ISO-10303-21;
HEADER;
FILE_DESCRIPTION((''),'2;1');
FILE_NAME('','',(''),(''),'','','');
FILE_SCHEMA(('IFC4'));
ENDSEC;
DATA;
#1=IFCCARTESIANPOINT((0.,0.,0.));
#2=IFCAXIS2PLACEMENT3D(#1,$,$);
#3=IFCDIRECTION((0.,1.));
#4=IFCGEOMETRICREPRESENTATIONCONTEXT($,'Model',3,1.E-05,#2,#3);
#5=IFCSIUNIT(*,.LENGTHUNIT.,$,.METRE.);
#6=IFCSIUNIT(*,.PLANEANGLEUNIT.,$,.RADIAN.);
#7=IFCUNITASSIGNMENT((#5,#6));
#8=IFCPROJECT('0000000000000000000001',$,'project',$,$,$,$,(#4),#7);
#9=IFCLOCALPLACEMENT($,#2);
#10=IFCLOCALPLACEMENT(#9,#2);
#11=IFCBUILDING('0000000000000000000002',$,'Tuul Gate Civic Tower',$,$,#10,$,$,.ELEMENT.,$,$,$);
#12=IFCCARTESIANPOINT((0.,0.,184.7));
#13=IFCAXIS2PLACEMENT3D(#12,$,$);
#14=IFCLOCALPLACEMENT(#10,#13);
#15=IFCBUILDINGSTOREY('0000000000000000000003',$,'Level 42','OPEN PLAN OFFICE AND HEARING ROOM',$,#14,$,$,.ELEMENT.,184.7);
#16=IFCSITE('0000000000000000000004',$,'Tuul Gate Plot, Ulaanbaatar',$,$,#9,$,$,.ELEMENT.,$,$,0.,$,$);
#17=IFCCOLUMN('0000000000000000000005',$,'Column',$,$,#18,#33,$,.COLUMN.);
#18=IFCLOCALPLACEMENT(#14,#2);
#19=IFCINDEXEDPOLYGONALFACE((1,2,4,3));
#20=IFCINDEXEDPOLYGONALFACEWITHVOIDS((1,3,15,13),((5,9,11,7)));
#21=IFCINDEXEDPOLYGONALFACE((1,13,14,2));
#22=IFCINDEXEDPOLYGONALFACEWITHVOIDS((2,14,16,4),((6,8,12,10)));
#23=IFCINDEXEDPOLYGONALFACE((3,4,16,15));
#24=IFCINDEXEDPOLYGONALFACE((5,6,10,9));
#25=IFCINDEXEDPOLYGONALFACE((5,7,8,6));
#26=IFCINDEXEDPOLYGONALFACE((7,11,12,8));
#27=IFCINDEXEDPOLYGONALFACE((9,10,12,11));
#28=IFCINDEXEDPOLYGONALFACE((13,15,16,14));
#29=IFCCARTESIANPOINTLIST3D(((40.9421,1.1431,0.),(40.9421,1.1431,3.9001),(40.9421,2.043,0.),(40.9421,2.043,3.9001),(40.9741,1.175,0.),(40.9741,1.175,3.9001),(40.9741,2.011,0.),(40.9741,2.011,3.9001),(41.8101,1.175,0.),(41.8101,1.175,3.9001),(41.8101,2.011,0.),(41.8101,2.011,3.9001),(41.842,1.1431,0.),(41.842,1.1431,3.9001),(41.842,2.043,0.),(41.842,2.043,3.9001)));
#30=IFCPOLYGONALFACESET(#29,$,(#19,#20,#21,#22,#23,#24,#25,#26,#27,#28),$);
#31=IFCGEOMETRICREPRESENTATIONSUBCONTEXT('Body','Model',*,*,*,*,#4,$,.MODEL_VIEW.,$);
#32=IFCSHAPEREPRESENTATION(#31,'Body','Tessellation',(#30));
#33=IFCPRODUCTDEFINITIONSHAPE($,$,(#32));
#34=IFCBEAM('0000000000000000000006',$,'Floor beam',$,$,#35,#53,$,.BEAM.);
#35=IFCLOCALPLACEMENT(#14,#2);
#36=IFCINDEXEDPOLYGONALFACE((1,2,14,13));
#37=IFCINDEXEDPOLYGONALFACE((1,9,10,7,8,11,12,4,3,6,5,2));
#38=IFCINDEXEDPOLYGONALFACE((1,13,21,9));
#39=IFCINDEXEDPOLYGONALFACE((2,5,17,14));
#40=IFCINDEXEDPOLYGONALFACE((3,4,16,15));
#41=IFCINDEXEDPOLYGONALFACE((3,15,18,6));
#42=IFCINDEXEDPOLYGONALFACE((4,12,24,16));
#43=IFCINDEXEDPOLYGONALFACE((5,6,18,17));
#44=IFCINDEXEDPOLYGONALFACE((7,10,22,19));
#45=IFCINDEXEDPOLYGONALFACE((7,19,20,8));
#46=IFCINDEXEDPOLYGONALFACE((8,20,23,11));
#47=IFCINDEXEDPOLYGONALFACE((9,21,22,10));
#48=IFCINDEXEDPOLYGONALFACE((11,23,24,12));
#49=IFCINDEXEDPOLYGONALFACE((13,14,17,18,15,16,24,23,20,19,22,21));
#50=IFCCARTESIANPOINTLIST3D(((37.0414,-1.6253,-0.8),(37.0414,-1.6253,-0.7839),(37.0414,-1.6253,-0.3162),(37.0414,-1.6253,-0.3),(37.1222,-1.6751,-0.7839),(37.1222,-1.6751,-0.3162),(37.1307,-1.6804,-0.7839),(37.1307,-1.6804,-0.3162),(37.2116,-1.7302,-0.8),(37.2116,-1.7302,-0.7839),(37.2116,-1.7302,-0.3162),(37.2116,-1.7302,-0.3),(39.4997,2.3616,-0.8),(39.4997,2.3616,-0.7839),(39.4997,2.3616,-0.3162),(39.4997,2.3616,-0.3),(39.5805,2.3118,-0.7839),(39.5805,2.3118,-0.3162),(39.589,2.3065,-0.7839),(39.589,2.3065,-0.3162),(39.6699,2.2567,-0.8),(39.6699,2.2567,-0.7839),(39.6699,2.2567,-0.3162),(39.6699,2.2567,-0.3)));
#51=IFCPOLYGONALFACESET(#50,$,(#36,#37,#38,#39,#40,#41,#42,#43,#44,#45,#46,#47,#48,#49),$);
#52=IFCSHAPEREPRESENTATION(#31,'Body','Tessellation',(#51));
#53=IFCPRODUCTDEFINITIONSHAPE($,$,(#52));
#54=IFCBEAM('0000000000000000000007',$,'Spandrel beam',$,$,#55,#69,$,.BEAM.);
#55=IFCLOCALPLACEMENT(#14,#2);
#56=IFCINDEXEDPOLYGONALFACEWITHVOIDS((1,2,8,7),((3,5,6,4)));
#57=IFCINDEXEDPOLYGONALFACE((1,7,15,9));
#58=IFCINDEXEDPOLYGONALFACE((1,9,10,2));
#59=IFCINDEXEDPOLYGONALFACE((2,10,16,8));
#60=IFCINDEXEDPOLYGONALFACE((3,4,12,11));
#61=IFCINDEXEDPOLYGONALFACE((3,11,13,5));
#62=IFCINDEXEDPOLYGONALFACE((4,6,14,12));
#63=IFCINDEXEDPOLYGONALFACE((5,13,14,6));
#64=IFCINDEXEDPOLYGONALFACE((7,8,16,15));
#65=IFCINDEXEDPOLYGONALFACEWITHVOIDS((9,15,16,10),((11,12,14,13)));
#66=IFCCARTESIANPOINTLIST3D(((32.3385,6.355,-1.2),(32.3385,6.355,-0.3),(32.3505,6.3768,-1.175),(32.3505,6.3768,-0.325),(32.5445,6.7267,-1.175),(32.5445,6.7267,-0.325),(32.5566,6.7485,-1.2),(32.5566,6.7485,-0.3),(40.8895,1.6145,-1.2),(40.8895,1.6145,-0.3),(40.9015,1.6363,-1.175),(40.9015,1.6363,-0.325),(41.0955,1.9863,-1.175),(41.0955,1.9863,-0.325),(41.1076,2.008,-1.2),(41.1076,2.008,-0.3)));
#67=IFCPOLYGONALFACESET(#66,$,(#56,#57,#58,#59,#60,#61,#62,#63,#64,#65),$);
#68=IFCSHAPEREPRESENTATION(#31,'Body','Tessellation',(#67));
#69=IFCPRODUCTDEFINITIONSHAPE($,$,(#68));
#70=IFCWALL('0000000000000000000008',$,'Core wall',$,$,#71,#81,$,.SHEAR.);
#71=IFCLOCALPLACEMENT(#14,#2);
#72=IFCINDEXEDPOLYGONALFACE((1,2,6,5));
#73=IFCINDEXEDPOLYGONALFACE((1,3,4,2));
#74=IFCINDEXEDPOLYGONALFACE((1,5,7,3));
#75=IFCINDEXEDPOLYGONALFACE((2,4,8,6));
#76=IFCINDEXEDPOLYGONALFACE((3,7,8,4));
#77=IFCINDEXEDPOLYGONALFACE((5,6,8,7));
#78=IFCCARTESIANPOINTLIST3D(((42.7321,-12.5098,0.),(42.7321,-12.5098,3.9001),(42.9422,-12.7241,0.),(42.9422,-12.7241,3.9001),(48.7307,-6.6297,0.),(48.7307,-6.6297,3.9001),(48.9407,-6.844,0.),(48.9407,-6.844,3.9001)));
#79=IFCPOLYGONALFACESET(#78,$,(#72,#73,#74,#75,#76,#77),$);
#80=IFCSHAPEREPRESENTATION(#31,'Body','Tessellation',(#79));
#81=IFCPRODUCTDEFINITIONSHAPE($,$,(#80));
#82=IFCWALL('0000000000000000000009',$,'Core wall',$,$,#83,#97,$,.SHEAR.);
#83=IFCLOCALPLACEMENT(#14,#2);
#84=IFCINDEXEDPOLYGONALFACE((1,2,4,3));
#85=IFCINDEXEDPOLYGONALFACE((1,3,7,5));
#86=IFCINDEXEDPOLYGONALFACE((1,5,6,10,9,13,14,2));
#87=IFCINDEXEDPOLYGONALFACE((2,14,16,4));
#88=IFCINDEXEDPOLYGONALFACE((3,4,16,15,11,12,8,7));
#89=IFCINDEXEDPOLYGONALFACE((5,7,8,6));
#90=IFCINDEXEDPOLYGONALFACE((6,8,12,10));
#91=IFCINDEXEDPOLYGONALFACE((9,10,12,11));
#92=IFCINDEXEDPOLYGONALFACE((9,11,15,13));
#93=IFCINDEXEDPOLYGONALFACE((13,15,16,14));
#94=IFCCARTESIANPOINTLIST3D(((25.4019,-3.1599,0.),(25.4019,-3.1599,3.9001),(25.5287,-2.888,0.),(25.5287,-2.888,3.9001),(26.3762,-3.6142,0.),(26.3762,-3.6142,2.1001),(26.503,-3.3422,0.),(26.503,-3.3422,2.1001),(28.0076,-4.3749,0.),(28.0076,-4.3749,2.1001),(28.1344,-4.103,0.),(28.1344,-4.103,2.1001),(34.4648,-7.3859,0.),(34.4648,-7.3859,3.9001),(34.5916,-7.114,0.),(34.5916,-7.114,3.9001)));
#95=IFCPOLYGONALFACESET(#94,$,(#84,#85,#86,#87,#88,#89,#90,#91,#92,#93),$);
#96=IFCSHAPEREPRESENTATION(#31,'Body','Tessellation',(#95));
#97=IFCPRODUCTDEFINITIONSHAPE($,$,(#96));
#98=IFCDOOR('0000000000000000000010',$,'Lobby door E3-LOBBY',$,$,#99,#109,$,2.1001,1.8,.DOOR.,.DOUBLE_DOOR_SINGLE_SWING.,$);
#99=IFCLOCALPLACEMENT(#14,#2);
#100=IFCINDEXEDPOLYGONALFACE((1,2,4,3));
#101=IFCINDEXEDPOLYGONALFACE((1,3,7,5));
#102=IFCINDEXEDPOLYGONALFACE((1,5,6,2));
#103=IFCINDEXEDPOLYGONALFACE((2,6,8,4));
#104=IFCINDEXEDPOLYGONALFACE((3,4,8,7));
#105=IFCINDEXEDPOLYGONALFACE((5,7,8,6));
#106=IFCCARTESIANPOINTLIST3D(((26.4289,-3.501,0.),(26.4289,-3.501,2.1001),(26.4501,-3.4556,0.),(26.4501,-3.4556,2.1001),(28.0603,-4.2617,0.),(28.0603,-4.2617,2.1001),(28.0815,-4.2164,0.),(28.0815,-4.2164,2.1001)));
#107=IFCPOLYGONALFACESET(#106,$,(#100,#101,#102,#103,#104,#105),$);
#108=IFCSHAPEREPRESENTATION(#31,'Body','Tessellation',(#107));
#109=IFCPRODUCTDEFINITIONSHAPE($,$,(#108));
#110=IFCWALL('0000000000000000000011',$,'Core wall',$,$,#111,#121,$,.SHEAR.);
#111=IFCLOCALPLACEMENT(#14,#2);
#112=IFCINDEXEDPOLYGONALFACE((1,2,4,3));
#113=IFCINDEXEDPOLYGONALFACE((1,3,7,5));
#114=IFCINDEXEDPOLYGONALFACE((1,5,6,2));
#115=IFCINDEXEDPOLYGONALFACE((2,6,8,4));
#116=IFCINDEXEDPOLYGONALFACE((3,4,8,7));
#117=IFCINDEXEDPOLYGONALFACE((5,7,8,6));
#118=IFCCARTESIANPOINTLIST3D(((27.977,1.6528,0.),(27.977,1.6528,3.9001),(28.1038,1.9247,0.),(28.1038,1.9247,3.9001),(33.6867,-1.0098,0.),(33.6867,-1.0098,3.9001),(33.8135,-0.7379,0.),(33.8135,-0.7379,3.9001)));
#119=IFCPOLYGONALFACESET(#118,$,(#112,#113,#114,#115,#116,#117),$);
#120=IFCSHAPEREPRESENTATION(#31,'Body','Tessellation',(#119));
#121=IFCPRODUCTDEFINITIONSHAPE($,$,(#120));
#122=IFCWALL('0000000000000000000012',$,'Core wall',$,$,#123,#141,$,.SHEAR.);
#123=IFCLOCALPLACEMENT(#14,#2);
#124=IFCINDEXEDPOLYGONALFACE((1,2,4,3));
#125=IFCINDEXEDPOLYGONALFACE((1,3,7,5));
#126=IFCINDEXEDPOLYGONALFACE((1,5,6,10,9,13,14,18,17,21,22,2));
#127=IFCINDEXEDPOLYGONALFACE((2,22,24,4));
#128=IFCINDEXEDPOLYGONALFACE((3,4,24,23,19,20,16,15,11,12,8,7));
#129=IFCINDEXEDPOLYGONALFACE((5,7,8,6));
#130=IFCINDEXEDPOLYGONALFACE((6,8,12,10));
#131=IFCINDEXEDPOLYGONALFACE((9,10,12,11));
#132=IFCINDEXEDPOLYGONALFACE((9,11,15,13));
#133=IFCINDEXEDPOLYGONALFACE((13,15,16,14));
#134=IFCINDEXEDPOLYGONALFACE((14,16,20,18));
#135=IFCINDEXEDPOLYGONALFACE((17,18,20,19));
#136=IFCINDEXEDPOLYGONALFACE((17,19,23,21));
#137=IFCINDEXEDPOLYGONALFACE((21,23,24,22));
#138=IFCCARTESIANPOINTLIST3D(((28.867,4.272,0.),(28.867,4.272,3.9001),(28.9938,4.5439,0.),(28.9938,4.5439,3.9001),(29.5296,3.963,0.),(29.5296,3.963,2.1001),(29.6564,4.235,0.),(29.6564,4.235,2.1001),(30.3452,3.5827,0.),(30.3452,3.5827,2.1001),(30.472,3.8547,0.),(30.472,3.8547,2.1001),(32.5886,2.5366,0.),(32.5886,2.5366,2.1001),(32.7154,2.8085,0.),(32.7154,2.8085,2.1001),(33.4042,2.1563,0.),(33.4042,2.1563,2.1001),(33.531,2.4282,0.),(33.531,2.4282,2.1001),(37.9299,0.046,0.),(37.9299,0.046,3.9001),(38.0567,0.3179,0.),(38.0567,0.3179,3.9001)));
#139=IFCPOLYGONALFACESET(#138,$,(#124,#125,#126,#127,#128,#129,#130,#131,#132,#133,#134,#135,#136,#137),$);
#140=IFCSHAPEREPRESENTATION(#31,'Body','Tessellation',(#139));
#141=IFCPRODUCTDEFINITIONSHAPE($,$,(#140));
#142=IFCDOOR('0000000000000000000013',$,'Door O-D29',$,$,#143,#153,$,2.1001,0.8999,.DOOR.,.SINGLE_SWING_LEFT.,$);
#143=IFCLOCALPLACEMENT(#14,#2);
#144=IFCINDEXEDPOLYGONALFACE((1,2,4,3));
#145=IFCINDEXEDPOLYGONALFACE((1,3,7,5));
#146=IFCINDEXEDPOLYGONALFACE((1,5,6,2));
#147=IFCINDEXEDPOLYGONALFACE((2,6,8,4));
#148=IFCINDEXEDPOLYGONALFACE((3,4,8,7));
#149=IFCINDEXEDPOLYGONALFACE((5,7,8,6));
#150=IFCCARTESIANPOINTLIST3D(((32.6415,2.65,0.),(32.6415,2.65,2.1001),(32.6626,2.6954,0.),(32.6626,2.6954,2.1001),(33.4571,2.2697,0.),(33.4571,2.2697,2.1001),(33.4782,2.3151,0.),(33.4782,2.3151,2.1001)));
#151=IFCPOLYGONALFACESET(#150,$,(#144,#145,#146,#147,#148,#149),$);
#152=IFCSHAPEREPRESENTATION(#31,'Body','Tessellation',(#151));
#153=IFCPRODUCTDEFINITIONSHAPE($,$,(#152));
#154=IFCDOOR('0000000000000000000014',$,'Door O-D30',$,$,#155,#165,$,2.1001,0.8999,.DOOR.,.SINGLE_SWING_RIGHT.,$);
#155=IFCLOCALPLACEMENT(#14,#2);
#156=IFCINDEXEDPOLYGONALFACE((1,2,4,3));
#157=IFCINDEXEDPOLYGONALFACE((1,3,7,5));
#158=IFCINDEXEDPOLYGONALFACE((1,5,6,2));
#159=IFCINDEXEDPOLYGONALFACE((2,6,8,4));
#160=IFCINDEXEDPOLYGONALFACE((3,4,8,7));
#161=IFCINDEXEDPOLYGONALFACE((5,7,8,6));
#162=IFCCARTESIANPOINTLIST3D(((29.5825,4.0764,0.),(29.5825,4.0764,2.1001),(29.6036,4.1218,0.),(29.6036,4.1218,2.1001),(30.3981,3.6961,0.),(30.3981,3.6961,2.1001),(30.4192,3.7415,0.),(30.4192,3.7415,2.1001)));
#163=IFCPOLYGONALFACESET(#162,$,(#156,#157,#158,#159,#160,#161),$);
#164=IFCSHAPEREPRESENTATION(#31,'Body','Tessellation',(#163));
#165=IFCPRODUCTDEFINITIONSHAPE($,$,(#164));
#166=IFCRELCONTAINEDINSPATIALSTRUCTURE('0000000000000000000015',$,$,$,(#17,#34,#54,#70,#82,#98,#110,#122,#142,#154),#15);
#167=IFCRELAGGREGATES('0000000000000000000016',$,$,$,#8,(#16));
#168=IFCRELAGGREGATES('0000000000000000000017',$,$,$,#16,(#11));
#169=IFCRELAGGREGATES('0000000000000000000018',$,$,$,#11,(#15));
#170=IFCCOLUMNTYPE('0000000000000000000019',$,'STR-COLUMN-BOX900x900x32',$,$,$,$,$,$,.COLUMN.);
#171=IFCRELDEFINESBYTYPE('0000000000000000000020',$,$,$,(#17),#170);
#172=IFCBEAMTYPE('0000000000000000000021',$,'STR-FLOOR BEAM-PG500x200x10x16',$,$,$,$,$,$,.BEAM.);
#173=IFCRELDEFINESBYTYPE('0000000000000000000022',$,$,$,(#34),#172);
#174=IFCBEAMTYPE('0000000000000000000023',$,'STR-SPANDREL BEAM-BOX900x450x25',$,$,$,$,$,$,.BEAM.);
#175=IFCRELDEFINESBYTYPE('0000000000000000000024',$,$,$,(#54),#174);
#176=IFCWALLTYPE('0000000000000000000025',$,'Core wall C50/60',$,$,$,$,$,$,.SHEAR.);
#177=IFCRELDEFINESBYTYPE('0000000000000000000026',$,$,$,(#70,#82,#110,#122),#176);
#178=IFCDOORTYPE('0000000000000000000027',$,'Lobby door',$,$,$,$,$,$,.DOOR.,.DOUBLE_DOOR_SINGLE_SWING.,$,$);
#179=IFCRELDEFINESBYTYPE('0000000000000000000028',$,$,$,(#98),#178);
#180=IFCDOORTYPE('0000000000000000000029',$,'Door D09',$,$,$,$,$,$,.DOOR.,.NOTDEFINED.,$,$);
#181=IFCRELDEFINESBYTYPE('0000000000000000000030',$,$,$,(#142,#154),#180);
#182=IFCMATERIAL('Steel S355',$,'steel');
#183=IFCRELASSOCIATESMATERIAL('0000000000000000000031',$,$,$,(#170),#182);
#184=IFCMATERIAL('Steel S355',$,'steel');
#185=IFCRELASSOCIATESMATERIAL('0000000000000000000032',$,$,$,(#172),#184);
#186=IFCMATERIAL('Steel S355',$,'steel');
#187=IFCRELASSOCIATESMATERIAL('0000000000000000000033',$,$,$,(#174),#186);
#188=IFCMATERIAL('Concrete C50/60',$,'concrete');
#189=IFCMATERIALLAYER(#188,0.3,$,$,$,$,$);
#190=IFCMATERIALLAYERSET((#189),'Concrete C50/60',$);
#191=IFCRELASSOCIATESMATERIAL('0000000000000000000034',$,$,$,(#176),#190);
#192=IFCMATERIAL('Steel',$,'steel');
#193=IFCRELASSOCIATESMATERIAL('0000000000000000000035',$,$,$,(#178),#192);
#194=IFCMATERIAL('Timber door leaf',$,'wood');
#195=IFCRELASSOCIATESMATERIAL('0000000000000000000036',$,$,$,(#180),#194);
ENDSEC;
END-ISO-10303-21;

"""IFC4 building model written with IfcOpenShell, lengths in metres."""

from ifc_helpers import new_model, si_unit, direction, frame, frame_2d, origin, origin_2d, place, context, subcontext, project, spatial, rectangle, hollow_rectangle, i_section, extrude, material, layer, layer_set, material_profile, profile_set, type_object, element, fill, save


model = new_model("IFC4")

# Units and contexts
model_context = context("Model", 3, precision=1e-05, world=origin(), true_north=direction((0.0, 1.0)))
body_context = subcontext(model_context, "Body", "Model", "MODEL_VIEW")
ifc_project = project(units=[si_unit("LENGTHUNIT", "METRE"), si_unit("PLANEANGLEUNIT", "RADIAN")], contexts=[model_context])

# Site, building, storey
site_placement = place(None, origin())
site = spatial("IfcSite", under=ifc_project, at=site_placement, Name="Tuul Gate Plot, Ulaanbaatar", CompositionType="ELEMENT", RefElevation=0.0)
building_placement = place(site_placement, origin())
building = spatial("IfcBuilding", under=site, at=building_placement, Name="Tuul Gate Civic Tower", CompositionType="ELEMENT")
storey_placement = place(building_placement, frame((0.0, 0.0, 184.7)))
storey = spatial("IfcBuildingStorey", under=building, at=storey_placement, Name="Level 42", Description="OPEN PLAN OFFICE AND HEARING ROOM", CompositionType="ELEMENT", Elevation=184.7)

# Column
ifc_material_1 = material(Name="Steel S355", Category="steel")
ifc_material_profile_1 = material_profile(ifc_material_1, hollow_rectangle(XDim=0.8999, YDim=0.8999, WallThickness=0.032, at=origin_2d()), Name="BOX900x900x32")
ifc_profile_set_1 = profile_set([ifc_material_profile_1], Name="Steel S355")
column_type = type_object("IfcColumnType", Name="STR-COLUMN-BOX900x900x32", PredefinedType="COLUMN", material=ifc_profile_set_1)
column_placement = place(storey_placement, frame((41.3921, 1.593, 0.0), z_axis=(0.0, 0.0, 1.0), x_axis=(1.0, 0.0, 0.0)))
element("IfcColumn", 1, at=column_placement, inside=storey, type_object=column_type, Name="Column", PredefinedType="COLUMN", context=body_context, shape_type="SweptSolid", body=[
    extrude(hollow_rectangle(XDim=0.8999, YDim=0.8999, WallThickness=0.032, at=origin_2d()), origin(), (0.0, 0.0, 1.0), 3.9001),
])

# Beams
ifc_material_2 = material(Name="Steel S355", Category="steel")
ifc_material_profile_2 = material_profile(ifc_material_2, i_section(OverallWidth=0.2, OverallDepth=0.5, WebThickness=0.01, FlangeThickness=0.0161, at=origin_2d()), Name="PG500x200x10x16")
ifc_profile_set_2 = profile_set([ifc_material_profile_2], Name="Steel S355")
beam_type_1 = type_object("IfcBeamType", Name="STR-FLOOR BEAM-PG500x200x10x16", PredefinedType="BEAM", material=ifc_profile_set_2)
beam_1_placement = place(storey_placement, frame((37.1265, -1.6777, -0.55), z_axis=(0.524845, 0.851198, 0.0), x_axis=(-0.851198, 0.524845, 0.0)))
element("IfcBeam", 2, at=beam_1_placement, inside=storey, type_object=beam_type_1, Name="Floor beam", PredefinedType="BEAM", context=body_context, shape_type="SweptSolid", body=[
    extrude(i_section(OverallWidth=0.2, OverallDepth=0.5, WebThickness=0.01, FlangeThickness=0.0161, at=origin_2d()), origin(), (0.0, 0.0, 1.0), 4.6838),
])
ifc_material_3 = material(Name="Steel S355", Category="steel")
ifc_material_profile_3 = material_profile(ifc_material_3, hollow_rectangle(XDim=0.45, YDim=0.8999, WallThickness=0.0249, at=origin_2d()), Name="BOX900x450x25")
ifc_profile_set_3 = profile_set([ifc_material_profile_3], Name="Steel S355")
beam_type_2 = type_object("IfcBeamType", Name="STR-SPANDREL BEAM-BOX900x450x25", PredefinedType="BEAM", material=ifc_profile_set_3)
beam_2_placement = place(storey_placement, frame((40.9985, 1.8113, -0.75), z_axis=(-0.874595, 0.484854, 0.0), x_axis=(-0.484854, -0.874595, 0.0)))
element("IfcBeam", 3, at=beam_2_placement, inside=storey, type_object=beam_type_2, Name="Spandrel beam", PredefinedType="BEAM", context=body_context, shape_type="SweptSolid", body=[
    extrude(hollow_rectangle(XDim=0.45, YDim=0.8999, WallThickness=0.0249, at=origin_2d()), origin(), (0.0, 0.0, 1.0), 9.7771),
])

# Wall
ifc_material_4 = material(Name="Concrete C50/60", Category="concrete")
ifc_layer_1 = layer(ifc_material_4, 0.3)
ifc_layer_set_1 = layer_set([ifc_layer_1], Name="Concrete C50/60")
wall_type_1 = type_object("IfcWallType", Name="Core wall C50/60", PredefinedType="SHEAR", material=ifc_layer_set_1)
wall_1_placement = place(storey_placement, frame((42.8372, -12.6169, 0.0), z_axis=(0.0, 0.0, 1.0), x_axis=(0.71412, 0.700023, 0.0)))
element("IfcWall", 4, at=wall_1_placement, inside=storey, type_object=wall_type_1, Name="Core wall", PredefinedType="SHEAR", context=body_context, shape_type="SweptSolid", body=[
    extrude(rectangle(XDim=8.3999, YDim=0.3, at=frame_2d((4.2, 0.0))), origin(), (0.0, 0.0, 1.0), 3.9001),
])

# Wall, opening, door
wall_2_placement = place(storey_placement, frame((34.5283, -7.25, 0.0), z_axis=(0.0, 0.0, 1.0), x_axis=(-0.90631, 0.422613, 0.0)))
wall_2 = element("IfcWall", 5, at=wall_2_placement, inside=storey, type_object=wall_type_1, Name="Core wall", PredefinedType="SHEAR", context=body_context, shape_type="SweptSolid", body=[
    extrude(rectangle(XDim=9.9998, YDim=0.3, at=frame_2d((5.0, 0.0))), origin(), (0.0, 0.0, 1.0), 3.9001),
])
opening_1_placement = place(wall_2_placement, frame((7.125, 0.0, 0.0)))
opening_1 = element("IfcOpeningElement", 6, at=opening_1_placement, cuts=wall_2, PredefinedType="OPENING", context=body_context, shape_type="SweptSolid", body=[
    extrude(rectangle(XDim=1.8, YDim=2.1001, at=frame_2d((0.8999, 1.05))), frame((0.0, 0.1602, 0.0), z_axis=(0.0, -1.0, 0.0), x_axis=(1.0, 0.0, 0.0)), (0.0, 0.0, 1.0), 0.3201),
])
ifc_material_5 = material(Name="Steel", Category="steel")
door_type_1 = type_object("IfcDoorType", Name="Lobby door", OperationType="DOUBLE_DOOR_SINGLE_SWING", PredefinedType="DOOR", material=ifc_material_5)
door_1_placement = place(opening_1_placement, frame((1.8, 0.0, 0.0), z_axis=(0.0, 0.0, 1.0), x_axis=(-1.0, 0.0, 0.0)))
door_1 = element("IfcDoor", 7, at=door_1_placement, inside=storey, type_object=door_type_1, Name="Lobby door E3-LOBBY", OperationType="DOUBLE_DOOR_SINGLE_SWING", OverallHeight=2.1001, OverallWidth=1.8, PredefinedType="DOOR", context=body_context, shape_type="SweptSolid", body=[
    extrude(rectangle(XDim=1.8, YDim=2.1001, at=frame_2d((0.9001, 1.05))), frame((0.0, 0.0249, 0.0), z_axis=(0.0, -1.0, 0.0), x_axis=(1.0, 0.0, 0.0)), (0.0, 0.0, 1.0), 0.05),
])
fill(opening_1, door_1)

# Wall
wall_3_placement = place(storey_placement, frame((33.75, -0.8738, 0.0), z_axis=(0.0, 0.0, 1.0), x_axis=(-0.906301, 0.422633, 0.0)))
element("IfcWall", 8, at=wall_3_placement, inside=storey, type_object=wall_type_1, Name="Core wall", PredefinedType="SHEAR", context=body_context, shape_type="SweptSolid", body=[
    extrude(rectangle(XDim=6.3, YDim=0.3, at=frame_2d((3.1499, 0.0))), origin(), (0.0, 0.0, 1.0), 3.9001),
])

# Wall, openings, doors
wall_4_placement = place(storey_placement, frame((37.9934, 0.1819, 0.0), z_axis=(0.0, 0.0, 1.0), x_axis=(-0.90631, 0.422613, 0.0)))
wall_4 = element("IfcWall", 9, at=wall_4_placement, inside=storey, type_object=wall_type_1, Name="Core wall", PredefinedType="SHEAR", context=body_context, shape_type="SweptSolid", body=[
    extrude(rectangle(XDim=9.9998, YDim=0.3, at=frame_2d((5.0, 0.0))), origin(), (0.0, 0.0, 1.0), 3.9001),
])
opening_2_placement = place(wall_4_placement, frame((4.9937, 0.0, 0.0)))
opening_2 = element("IfcOpeningElement", 10, at=opening_2_placement, cuts=wall_4, PredefinedType="OPENING", context=body_context, shape_type="SweptSolid", body=[
    extrude(rectangle(XDim=0.8999, YDim=2.1001, at=frame_2d((0.45, 1.05))), frame((0.0, 0.1602, 0.0), z_axis=(0.0, -1.0, 0.0), x_axis=(1.0, 0.0, 0.0)), (0.0, 0.0, 1.0), 0.3201),
])
opening_3_placement = place(wall_4_placement, frame((8.3689, 0.0, 0.0)))
opening_3 = element("IfcOpeningElement", 11, at=opening_3_placement, cuts=wall_4, PredefinedType="OPENING", context=body_context, shape_type="SweptSolid", body=[
    extrude(rectangle(XDim=0.8999, YDim=2.1001, at=frame_2d((0.45, 1.05))), frame((0.0, 0.1602, 0.0), z_axis=(0.0, -1.0, 0.0), x_axis=(1.0, 0.0, 0.0)), (0.0, 0.0, 1.0), 0.3201),
])
ifc_material_6 = material(Name="Timber door leaf", Category="wood")
door_type_2 = type_object("IfcDoorType", Name="Door D09", OperationType="NOTDEFINED", PredefinedType="DOOR", material=ifc_material_6)
door_2_placement = place(opening_2_placement, origin())
door_2 = element("IfcDoor", 12, at=door_2_placement, inside=storey, type_object=door_type_2, Name="Door O-D29", OperationType="SINGLE_SWING_LEFT", OverallHeight=2.1001, OverallWidth=0.8999, PredefinedType="DOOR", context=body_context, shape_type="SweptSolid", body=[
    extrude(rectangle(XDim=0.8999, YDim=2.1001, at=frame_2d((0.45, 1.05))), frame((0.0, 0.0249, 0.0), z_axis=(0.0, -1.0, 0.0), x_axis=(1.0, 0.0, 0.0)), (0.0, 0.0, 1.0), 0.05),
])
fill(opening_2, door_2)
door_3_placement = place(opening_3_placement, origin())
door_3 = element("IfcDoor", 13, at=door_3_placement, inside=storey, type_object=door_type_2, Name="Door O-D30", OperationType="SINGLE_SWING_RIGHT", OverallHeight=2.1001, OverallWidth=0.8999, PredefinedType="DOOR", context=body_context, shape_type="SweptSolid", body=[
    extrude(rectangle(XDim=0.8999, YDim=2.1001, at=frame_2d((0.45, 1.05))), frame((0.0, 0.0249, 0.0), z_axis=(0.0, -1.0, 0.0), x_axis=(1.0, 0.0, 0.0)), (0.0, 0.0, 1.0), 0.05),
])
fill(opening_3, door_3)

save(model, "model.ifc")
